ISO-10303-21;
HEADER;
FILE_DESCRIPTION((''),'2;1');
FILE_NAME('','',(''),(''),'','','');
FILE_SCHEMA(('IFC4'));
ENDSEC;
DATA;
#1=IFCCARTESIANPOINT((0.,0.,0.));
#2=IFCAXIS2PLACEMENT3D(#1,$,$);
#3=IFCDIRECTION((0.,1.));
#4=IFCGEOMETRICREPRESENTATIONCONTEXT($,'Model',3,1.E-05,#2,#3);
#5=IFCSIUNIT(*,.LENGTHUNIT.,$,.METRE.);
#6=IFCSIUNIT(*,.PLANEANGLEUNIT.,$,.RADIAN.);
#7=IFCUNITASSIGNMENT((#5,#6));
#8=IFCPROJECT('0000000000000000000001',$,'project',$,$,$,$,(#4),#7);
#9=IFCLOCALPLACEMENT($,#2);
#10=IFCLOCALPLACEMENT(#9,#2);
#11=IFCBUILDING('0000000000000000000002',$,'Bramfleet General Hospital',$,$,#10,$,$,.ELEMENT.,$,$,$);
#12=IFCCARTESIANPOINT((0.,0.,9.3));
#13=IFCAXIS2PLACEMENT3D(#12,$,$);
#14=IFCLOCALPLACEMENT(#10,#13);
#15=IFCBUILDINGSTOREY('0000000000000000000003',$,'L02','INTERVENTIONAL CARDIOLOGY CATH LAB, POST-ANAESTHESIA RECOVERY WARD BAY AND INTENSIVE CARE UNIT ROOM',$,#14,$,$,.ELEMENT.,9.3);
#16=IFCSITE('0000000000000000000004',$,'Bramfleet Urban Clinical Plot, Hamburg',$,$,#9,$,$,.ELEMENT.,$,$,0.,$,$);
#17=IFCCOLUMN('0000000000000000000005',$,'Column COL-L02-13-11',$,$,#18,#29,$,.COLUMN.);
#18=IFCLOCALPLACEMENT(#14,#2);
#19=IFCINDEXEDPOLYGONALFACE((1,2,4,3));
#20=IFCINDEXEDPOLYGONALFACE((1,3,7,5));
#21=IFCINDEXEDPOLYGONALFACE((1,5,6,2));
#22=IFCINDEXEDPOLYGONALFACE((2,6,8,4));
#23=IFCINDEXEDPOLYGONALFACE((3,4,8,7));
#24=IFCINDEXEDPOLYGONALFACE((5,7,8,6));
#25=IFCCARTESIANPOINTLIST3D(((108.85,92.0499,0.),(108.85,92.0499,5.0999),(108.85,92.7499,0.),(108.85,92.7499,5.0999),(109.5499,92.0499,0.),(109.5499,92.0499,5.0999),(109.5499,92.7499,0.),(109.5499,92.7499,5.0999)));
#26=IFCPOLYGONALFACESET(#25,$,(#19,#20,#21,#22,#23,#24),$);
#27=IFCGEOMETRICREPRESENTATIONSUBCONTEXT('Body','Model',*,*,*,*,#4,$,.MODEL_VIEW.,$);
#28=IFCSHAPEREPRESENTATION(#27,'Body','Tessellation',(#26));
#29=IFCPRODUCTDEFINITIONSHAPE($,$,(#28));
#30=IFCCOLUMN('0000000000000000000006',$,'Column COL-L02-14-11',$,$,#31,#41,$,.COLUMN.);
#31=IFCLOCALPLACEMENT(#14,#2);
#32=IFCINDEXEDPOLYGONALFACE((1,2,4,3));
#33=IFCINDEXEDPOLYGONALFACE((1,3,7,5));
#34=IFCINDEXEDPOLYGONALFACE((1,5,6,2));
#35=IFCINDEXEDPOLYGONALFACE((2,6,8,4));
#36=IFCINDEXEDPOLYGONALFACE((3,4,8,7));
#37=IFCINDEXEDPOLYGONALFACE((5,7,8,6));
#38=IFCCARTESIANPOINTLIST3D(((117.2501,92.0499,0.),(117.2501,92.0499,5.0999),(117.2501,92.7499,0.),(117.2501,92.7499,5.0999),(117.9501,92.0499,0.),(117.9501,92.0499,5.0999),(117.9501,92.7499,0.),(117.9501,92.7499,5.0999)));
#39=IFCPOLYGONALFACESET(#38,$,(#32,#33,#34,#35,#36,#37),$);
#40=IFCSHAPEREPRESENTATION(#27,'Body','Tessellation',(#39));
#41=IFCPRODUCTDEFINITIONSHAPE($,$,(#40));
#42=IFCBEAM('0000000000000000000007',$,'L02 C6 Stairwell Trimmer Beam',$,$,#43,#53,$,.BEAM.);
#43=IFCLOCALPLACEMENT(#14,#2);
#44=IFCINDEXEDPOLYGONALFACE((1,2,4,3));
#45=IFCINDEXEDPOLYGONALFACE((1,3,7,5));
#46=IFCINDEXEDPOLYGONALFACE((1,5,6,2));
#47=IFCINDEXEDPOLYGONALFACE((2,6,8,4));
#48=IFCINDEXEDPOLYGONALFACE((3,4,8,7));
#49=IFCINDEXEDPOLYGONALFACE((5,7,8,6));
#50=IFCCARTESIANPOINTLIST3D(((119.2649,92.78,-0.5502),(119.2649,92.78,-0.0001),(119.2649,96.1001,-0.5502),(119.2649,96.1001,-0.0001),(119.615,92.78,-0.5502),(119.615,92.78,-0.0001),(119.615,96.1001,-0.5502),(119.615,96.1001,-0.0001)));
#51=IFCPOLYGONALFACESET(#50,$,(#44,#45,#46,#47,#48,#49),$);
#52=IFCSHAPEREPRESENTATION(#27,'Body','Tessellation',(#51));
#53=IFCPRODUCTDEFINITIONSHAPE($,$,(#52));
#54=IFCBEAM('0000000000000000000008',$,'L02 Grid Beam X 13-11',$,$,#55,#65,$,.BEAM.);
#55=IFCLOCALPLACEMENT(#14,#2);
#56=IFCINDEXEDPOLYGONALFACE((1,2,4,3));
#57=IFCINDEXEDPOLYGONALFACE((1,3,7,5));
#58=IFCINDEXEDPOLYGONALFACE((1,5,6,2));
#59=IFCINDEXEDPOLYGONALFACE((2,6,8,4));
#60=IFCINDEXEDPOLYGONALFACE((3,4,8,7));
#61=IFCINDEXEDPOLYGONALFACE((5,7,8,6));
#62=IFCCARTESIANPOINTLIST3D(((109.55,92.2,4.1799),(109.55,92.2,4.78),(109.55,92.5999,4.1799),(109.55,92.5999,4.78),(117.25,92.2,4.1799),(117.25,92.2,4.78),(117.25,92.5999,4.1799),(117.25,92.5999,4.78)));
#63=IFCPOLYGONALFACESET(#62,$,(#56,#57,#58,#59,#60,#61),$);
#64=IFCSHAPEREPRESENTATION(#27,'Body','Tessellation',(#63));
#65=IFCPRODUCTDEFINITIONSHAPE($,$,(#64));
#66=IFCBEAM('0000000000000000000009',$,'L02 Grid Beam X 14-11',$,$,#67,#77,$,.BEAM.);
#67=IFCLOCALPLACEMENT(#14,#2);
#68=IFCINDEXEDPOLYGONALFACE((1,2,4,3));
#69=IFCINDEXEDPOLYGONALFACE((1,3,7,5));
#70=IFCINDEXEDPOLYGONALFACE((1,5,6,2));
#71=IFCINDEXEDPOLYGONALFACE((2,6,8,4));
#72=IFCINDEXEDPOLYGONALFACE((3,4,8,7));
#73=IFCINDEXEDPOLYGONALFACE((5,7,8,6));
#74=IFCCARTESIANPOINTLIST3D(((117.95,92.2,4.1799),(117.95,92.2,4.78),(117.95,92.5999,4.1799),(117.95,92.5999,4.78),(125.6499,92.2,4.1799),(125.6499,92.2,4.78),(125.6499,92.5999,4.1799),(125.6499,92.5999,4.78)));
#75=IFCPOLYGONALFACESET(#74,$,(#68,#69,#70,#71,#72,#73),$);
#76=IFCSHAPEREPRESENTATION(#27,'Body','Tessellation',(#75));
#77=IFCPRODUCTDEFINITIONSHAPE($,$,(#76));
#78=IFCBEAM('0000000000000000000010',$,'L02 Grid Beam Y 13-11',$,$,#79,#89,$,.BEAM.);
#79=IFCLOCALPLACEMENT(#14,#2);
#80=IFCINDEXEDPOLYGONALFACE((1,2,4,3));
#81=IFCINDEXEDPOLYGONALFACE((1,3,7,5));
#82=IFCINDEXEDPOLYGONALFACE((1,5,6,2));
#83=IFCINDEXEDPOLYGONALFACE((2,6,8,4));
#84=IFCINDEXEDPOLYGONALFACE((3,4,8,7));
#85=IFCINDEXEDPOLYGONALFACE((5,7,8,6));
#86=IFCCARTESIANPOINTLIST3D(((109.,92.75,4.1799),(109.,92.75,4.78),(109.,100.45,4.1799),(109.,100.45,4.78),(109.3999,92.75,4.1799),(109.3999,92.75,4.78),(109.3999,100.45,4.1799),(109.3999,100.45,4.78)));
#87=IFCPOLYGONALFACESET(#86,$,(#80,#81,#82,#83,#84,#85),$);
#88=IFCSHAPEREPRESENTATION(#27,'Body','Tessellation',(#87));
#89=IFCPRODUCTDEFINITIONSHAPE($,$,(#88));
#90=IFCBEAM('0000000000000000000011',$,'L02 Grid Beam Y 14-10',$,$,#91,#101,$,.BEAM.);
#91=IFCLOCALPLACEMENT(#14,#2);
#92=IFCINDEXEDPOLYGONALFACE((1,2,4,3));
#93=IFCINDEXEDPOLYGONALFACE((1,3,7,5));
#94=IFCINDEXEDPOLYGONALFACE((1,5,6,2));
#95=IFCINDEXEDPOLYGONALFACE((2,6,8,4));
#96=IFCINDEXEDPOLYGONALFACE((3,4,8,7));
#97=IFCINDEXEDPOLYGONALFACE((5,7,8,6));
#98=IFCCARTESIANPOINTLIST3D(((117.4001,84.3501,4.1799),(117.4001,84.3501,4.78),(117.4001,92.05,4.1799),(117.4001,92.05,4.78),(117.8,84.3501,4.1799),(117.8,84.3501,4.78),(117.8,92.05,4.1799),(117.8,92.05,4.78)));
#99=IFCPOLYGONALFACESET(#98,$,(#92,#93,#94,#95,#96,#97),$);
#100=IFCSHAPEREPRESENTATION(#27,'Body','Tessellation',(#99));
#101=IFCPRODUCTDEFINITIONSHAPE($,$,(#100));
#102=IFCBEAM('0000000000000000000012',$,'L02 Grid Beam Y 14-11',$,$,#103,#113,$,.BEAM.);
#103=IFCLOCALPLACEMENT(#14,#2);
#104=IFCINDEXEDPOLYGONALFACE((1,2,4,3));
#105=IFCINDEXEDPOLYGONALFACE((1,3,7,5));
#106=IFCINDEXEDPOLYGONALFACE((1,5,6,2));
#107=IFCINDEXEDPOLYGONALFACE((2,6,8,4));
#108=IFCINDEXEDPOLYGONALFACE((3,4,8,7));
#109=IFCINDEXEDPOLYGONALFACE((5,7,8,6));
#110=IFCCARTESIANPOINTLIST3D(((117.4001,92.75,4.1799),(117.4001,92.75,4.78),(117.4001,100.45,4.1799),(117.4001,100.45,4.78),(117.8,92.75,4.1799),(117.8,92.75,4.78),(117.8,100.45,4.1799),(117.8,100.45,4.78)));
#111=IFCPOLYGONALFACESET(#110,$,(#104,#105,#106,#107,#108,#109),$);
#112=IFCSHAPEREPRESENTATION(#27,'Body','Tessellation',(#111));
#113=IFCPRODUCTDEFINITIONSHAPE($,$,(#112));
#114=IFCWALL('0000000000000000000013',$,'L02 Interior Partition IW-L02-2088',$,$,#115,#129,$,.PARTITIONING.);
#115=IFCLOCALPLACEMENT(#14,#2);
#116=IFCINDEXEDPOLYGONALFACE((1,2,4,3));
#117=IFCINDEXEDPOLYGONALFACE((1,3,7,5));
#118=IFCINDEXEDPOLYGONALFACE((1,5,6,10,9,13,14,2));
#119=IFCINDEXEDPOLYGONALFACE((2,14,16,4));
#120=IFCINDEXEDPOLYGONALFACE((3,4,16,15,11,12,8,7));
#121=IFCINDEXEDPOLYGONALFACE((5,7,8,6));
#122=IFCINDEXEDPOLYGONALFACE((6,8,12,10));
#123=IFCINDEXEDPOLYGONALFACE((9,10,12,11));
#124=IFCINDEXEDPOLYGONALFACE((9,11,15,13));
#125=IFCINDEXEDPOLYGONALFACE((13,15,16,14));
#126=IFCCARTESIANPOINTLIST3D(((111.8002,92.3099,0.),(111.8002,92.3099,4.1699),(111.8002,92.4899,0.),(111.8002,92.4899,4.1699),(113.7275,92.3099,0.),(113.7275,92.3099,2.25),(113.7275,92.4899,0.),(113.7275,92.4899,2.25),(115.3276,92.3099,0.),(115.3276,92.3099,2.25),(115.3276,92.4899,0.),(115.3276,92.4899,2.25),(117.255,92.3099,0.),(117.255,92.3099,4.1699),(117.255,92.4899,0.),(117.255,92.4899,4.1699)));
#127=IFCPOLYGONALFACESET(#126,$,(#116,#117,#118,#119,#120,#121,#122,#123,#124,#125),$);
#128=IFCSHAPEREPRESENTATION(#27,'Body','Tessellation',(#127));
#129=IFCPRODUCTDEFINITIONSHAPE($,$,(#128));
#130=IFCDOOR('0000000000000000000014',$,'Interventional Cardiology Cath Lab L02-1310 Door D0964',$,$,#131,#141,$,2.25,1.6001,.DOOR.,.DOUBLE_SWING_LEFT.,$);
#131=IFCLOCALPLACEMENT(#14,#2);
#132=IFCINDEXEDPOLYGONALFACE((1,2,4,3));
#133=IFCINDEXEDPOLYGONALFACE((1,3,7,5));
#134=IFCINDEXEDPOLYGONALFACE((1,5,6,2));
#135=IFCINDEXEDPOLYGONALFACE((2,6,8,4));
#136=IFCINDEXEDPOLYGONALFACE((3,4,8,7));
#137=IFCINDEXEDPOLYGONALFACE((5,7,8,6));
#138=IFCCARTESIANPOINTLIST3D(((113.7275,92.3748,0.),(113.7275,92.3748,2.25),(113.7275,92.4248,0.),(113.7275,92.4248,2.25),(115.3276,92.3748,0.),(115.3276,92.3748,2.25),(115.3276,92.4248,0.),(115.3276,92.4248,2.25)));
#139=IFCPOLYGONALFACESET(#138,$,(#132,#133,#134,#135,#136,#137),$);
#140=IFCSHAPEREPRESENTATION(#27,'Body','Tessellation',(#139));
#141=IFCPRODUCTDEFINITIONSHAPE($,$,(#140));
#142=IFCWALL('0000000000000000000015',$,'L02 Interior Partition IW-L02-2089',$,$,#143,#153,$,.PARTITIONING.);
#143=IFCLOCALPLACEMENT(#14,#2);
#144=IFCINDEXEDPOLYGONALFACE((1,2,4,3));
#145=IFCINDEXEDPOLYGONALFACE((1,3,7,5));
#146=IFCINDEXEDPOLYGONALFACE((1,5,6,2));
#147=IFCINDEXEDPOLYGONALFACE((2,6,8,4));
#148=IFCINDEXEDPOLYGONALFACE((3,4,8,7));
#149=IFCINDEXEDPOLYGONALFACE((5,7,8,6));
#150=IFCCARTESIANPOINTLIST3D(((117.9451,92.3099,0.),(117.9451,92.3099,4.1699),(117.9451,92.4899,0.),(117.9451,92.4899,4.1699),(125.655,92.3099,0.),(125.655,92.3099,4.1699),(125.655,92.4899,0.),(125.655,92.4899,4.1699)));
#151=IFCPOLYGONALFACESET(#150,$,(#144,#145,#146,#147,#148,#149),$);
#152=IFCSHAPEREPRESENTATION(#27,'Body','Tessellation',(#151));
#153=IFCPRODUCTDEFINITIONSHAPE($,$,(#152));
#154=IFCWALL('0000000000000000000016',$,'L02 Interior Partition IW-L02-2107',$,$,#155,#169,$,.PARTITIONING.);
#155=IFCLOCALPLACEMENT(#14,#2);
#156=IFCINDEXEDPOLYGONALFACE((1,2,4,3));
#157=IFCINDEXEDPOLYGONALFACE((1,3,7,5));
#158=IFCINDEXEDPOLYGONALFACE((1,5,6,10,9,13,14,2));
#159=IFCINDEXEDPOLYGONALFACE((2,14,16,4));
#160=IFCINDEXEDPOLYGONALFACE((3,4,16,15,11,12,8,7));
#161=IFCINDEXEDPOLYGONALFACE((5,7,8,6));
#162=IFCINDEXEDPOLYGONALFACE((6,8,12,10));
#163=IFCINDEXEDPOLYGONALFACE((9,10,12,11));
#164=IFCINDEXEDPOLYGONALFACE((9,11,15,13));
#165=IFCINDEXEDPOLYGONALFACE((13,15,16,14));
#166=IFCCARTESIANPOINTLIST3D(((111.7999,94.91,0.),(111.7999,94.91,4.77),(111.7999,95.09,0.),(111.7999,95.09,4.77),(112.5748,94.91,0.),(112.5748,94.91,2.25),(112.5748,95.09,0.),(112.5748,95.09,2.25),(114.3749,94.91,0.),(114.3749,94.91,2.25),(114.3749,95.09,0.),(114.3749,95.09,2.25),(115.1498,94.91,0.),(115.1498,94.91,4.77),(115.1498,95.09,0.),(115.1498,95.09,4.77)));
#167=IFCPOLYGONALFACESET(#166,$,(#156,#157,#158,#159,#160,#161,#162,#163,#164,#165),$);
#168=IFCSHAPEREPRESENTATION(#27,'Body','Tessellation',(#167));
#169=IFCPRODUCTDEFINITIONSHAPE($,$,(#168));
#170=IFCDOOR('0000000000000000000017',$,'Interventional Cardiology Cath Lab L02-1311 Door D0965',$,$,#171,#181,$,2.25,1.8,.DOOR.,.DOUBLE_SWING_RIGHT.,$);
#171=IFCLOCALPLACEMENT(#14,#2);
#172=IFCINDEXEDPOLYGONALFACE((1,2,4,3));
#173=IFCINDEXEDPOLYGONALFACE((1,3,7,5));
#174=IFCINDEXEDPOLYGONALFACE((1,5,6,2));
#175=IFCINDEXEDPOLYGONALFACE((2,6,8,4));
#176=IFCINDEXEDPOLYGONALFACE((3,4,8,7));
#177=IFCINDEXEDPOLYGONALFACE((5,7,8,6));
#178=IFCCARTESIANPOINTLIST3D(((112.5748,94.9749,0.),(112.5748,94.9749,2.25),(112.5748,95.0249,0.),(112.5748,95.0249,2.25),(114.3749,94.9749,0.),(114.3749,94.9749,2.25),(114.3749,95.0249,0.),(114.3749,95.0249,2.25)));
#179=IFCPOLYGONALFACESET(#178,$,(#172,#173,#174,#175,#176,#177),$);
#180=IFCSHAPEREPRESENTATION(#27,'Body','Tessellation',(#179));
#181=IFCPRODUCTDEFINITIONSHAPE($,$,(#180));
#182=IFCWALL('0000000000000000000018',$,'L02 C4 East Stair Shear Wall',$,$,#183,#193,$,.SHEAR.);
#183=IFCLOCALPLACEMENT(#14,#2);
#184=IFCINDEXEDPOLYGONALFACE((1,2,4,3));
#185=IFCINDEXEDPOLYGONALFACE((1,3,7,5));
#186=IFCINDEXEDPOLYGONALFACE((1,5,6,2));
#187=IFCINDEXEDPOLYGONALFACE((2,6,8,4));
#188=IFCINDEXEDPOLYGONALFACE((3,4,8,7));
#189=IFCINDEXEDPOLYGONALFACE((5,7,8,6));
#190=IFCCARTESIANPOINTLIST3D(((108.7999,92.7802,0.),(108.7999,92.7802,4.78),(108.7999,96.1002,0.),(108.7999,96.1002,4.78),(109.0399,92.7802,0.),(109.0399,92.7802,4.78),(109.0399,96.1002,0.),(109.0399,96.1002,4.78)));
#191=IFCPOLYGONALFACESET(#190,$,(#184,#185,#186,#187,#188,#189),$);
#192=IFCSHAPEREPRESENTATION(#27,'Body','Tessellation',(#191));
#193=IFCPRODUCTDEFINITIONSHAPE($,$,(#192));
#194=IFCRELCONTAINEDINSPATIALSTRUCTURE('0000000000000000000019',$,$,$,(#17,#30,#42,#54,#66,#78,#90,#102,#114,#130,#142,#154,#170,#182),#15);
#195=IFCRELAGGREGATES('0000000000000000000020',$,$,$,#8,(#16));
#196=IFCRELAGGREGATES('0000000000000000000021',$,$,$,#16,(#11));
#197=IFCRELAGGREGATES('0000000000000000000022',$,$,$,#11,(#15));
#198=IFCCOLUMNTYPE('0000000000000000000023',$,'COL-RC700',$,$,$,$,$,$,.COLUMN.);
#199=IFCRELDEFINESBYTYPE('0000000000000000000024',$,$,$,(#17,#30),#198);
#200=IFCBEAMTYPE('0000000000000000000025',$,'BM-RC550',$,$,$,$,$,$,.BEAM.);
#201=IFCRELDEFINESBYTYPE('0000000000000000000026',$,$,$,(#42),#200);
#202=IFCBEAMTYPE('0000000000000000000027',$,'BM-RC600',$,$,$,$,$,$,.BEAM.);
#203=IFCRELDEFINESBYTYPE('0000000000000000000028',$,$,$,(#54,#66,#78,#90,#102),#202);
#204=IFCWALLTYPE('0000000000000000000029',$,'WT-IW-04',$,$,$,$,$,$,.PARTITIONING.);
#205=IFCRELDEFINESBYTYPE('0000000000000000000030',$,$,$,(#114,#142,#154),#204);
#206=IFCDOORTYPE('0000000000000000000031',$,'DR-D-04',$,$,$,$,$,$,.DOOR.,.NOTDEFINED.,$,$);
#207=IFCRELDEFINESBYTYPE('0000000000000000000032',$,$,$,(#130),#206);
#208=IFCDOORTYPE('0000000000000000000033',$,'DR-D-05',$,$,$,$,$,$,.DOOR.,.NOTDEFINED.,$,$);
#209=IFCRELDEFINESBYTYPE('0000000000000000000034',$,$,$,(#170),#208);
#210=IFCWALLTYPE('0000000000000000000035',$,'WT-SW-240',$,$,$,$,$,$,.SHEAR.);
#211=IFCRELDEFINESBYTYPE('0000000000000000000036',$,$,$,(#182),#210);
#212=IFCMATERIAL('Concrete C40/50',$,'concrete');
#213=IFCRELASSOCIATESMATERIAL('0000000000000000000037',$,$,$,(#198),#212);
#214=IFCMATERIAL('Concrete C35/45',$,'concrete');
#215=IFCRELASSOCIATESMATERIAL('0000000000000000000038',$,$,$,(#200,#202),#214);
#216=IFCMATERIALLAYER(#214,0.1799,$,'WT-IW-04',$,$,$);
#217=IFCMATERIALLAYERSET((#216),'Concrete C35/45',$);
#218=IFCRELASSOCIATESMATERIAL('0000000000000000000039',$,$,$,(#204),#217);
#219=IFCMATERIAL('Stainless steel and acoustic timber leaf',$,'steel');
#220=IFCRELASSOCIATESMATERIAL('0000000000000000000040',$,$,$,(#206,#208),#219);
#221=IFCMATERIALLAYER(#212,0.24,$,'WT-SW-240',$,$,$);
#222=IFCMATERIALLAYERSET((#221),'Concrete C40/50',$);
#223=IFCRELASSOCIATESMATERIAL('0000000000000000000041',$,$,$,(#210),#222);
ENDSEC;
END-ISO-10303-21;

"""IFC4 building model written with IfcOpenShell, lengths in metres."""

from ifc_helpers import new_model, si_unit, direction, frame, frame_2d, origin, origin_2d, place, context, subcontext, project, spatial, rectangle, extrude, material, layer, layer_set, material_profile, profile_set, type_object, element, fill, save


model = new_model("IFC4")

# Units and contexts
model_context = context("Model", 3, precision=1e-05, world=origin(), true_north=direction((0.0, 1.0)))
body_context = subcontext(model_context, "Body", "Model", "MODEL_VIEW")
ifc_project = project(units=[si_unit("LENGTHUNIT", "METRE"), si_unit("PLANEANGLEUNIT", "RADIAN")], contexts=[model_context])

# Site, building, storey
site_placement = place(None, origin())
site = spatial("IfcSite", under=ifc_project, at=site_placement, Name="Bramfleet Urban Clinical Plot, Hamburg", CompositionType="ELEMENT", RefElevation=0.0)
building_placement = place(site_placement, origin())
building = spatial("IfcBuilding", under=site, at=building_placement, Name="Bramfleet General Hospital", CompositionType="ELEMENT")
storey_placement = place(building_placement, frame((0.0, 0.0, 9.3)))
storey = spatial("IfcBuildingStorey", under=building, at=storey_placement, Name="L02", Description="INTERVENTIONAL CARDIOLOGY CATH LAB, POST-ANAESTHESIA RECOVERY WARD BAY AND INTENSIVE CARE UNIT ROOM", CompositionType="ELEMENT", Elevation=9.3)

# Columns
ifc_material_1 = material(Name="Concrete C40/50", Category="concrete")
ifc_material_profile_1 = material_profile(ifc_material_1, rectangle(XDim=0.7, YDim=0.7, at=origin_2d()), Name="RC COL 700x700")
ifc_profile_set_1 = profile_set([ifc_material_profile_1], Name="Concrete C40/50")
column_type = type_object("IfcColumnType", Name="COL-RC700", PredefinedType="COLUMN", material=ifc_profile_set_1)
for number, where, z_axis, x_axis, name in (
    (1, (109.2, 92.3999, 0.0), (0.0, 0.0, 1.0), (1.0, 0.0, 0.0), "Column COL-L02-13-11"),
    (2, (117.6001, 92.3999, 0.0), (0.0, 0.0, 1.0), (1.0, 0.0, 0.0), "Column COL-L02-14-11"),
):
    element("IfcColumn", number, at=place(storey_placement, frame(where, z_axis=z_axis, x_axis=x_axis)), inside=storey, type_object=column_type, Name=name, PredefinedType="COLUMN", context=body_context, shape_type="SweptSolid", body=[
        extrude(rectangle(XDim=0.7, YDim=0.7, at=origin_2d()), origin(), (0.0, 0.0, 1.0), 5.0999),
    ])

# Beams
ifc_material_2 = material(Name="Concrete C35/45", Category="concrete")
ifc_material_profile_2 = material_profile(ifc_material_2, rectangle(XDim=0.3501, YDim=0.55, at=origin_2d()), Name="RC BM 550x350")
ifc_profile_set_2 = profile_set([ifc_material_profile_2], Name="Concrete C35/45")
beam_type_1 = type_object("IfcBeamType", Name="BM-RC550", PredefinedType="BEAM", material=ifc_profile_set_2)
beam_placement = place(storey_placement, frame((119.4399, 92.78, -0.2751), z_axis=(0.0, 1.0, 0.0), x_axis=(-1.0, 0.0, 0.0)))
element("IfcBeam", 3, at=beam_placement, inside=storey, type_object=beam_type_1, Name="L02 C6 Stairwell Trimmer Beam", PredefinedType="BEAM", context=body_context, shape_type="SweptSolid", body=[
    extrude(rectangle(XDim=0.3501, YDim=0.55, at=origin_2d()), origin(), (0.0, 0.0, 1.0), 3.3201),
])
ifc_material_profile_3 = material_profile(ifc_material_2, rectangle(XDim=0.3999, YDim=0.6001, at=origin_2d()), Name="RC BM 600x400")
ifc_profile_set_3 = profile_set([ifc_material_profile_3], Name="Concrete C35/45")
beam_type_2 = type_object("IfcBeamType", Name="BM-RC600", PredefinedType="BEAM", material=ifc_profile_set_3)
for number, where, z_axis, x_axis, name in (
    (4, (109.55, 92.3999, 4.48), (1.0, 0.0, 0.0), (0.0, 1.0, 0.0), "L02 Grid Beam X 13-11"),
    (5, (117.95, 92.3999, 4.48), (1.0, 0.0, 0.0), (0.0, 1.0, 0.0), "L02 Grid Beam X 14-11"),
    (6, (109.2, 92.75, 4.48), (0.0, 1.0, 0.0), (-1.0, 0.0, 0.0), "L02 Grid Beam Y 13-11"),
    (7, (117.6001, 84.3501, 4.48), (0.0, 1.0, 0.0), (-1.0, 0.0, 0.0), "L02 Grid Beam Y 14-10"),
    (8, (117.6001, 92.75, 4.48), (0.0, 1.0, 0.0), (-1.0, 0.0, 0.0), "L02 Grid Beam Y 14-11"),
):
    element("IfcBeam", number, at=place(storey_placement, frame(where, z_axis=z_axis, x_axis=x_axis)), inside=storey, type_object=beam_type_2, Name=name, PredefinedType="BEAM", context=body_context, shape_type="SweptSolid", body=[
        extrude(rectangle(XDim=0.3999, YDim=0.6001, at=origin_2d()), origin(), (0.0, 0.0, 1.0), 7.7),
    ])

# Wall, opening, door
ifc_layer_1 = layer(ifc_material_2, 0.1799, Name="WT-IW-04")
ifc_layer_set_1 = layer_set([ifc_layer_1], Name="Concrete C35/45")
wall_type_1 = type_object("IfcWallType", Name="WT-IW-04", PredefinedType="PARTITIONING", material=ifc_layer_set_1)
wall_1_placement = place(storey_placement, frame((111.8, 92.3999, 0.0), z_axis=(0.0, 0.0, 1.0), x_axis=(1.0, 0.0, 0.0)))
wall_1 = element("IfcWall", 9, at=wall_1_placement, inside=storey, type_object=wall_type_1, Name="L02 Interior Partition IW-L02-2088", PredefinedType="PARTITIONING", context=body_context, shape_type="SweptSolid", body=[
    extrude(rectangle(XDim=5.4548, YDim=0.1799, at=frame_2d((2.7275, 0.0))), origin(), (0.0, 0.0, 1.0), 4.1699),
])
opening_1_placement = place(wall_1_placement, frame((1.9275, 0.0, 0.0)))
opening_1 = element("IfcOpeningElement", 10, at=opening_1_placement, cuts=wall_1, PredefinedType="OPENING", context=body_context, shape_type="SweptSolid", body=[
    extrude(rectangle(XDim=1.6001, YDim=2.25, at=frame_2d((0.8, 1.125))), frame((0.0, 0.0999, 0.0), z_axis=(0.0, -1.0, 0.0), x_axis=(1.0, 0.0, 0.0)), (0.0, 0.0, 1.0), 0.2),
])
ifc_material_3 = material(Name="Stainless steel and acoustic timber leaf", Category="steel")
door_type_1 = type_object("IfcDoorType", Name="DR-D-04", OperationType="NOTDEFINED", PredefinedType="DOOR", material=ifc_material_3)
door_1_placement = place(opening_1_placement, origin())
door_1 = element("IfcDoor", 11, at=door_1_placement, inside=storey, type_object=door_type_1, Name="Interventional Cardiology Cath Lab L02-1310 Door D0964", OperationType="DOUBLE_SWING_LEFT", OverallHeight=2.25, OverallWidth=1.6001, PredefinedType="DOOR", context=body_context, shape_type="SweptSolid", body=[
    extrude(rectangle(XDim=1.6001, YDim=2.25, at=frame_2d((0.8, 1.125))), frame((0.0, 0.0249, 0.0), z_axis=(0.0, -1.0, 0.0), x_axis=(1.0, 0.0, 0.0)), (0.0, 0.0, 1.0), 0.05),
])
fill(opening_1, door_1)

# Wall
wall_2_placement = place(storey_placement, frame((117.9451, 92.3999, 0.0), z_axis=(0.0, 0.0, 1.0), x_axis=(1.0, 0.0, 0.0)))
element("IfcWall", 12, at=wall_2_placement, inside=storey, type_object=wall_type_1, Name="L02 Interior Partition IW-L02-2089", PredefinedType="PARTITIONING", context=body_context, shape_type="SweptSolid", body=[
    extrude(rectangle(XDim=7.71, YDim=0.1799, at=frame_2d((3.855, 0.0))), origin(), (0.0, 0.0, 1.0), 4.1699),
])

# Wall, opening, door
wall_3_placement = place(storey_placement, frame((111.8, 95.0, 0.0), z_axis=(0.0, 0.0, 1.0), x_axis=(1.0, 0.0, 0.0)))
wall_3 = element("IfcWall", 13, at=wall_3_placement, inside=storey, type_object=wall_type_1, Name="L02 Interior Partition IW-L02-2107", PredefinedType="PARTITIONING", context=body_context, shape_type="SweptSolid", body=[
    extrude(rectangle(XDim=3.3499, YDim=0.1799, at=frame_2d((1.6748, 0.0))), origin(), (0.0, 0.0, 1.0), 4.77),
])
opening_2_placement = place(wall_3_placement, frame((0.7749, 0.0, 0.0)))
opening_2 = element("IfcOpeningElement", 14, at=opening_2_placement, cuts=wall_3, PredefinedType="OPENING", context=body_context, shape_type="SweptSolid", body=[
    extrude(rectangle(XDim=1.8, YDim=2.25, at=frame_2d((0.8999, 1.125))), frame((0.0, 0.0999, 0.0), z_axis=(0.0, -1.0, 0.0), x_axis=(1.0, 0.0, 0.0)), (0.0, 0.0, 1.0), 0.2),
])
door_type_2 = type_object("IfcDoorType", Name="DR-D-05", OperationType="NOTDEFINED", PredefinedType="DOOR", material=ifc_material_3)
door_2_placement = place(opening_2_placement, origin())
door_2 = element("IfcDoor", 15, at=door_2_placement, inside=storey, type_object=door_type_2, Name="Interventional Cardiology Cath Lab L02-1311 Door D0965", OperationType="DOUBLE_SWING_RIGHT", OverallHeight=2.25, OverallWidth=1.8, PredefinedType="DOOR", context=body_context, shape_type="SweptSolid", body=[
    extrude(rectangle(XDim=1.8, YDim=2.25, at=frame_2d((0.8999, 1.125))), frame((0.0, 0.0249, 0.0), z_axis=(0.0, -1.0, 0.0), x_axis=(1.0, 0.0, 0.0)), (0.0, 0.0, 1.0), 0.05),
])
fill(opening_2, door_2)

# Wall
ifc_layer_2 = layer(ifc_material_1, 0.24, Name="WT-SW-240")
ifc_layer_set_2 = layer_set([ifc_layer_2], Name="Concrete C40/50")
wall_type_2 = type_object("IfcWallType", Name="WT-SW-240", PredefinedType="SHEAR", material=ifc_layer_set_2)
wall_4_placement = place(storey_placement, frame((108.9199, 92.78, 0.0), z_axis=(0.0, 0.0, 1.0), x_axis=(0.0, 1.0, 0.0)))
element("IfcWall", 16, at=wall_4_placement, inside=storey, type_object=wall_type_2, Name="L02 C4 East Stair Shear Wall", PredefinedType="SHEAR", context=body_context, shape_type="SweptSolid", body=[
    extrude(rectangle(XDim=3.3201, YDim=0.24, at=frame_2d((1.6602, 0.0))), origin(), (0.0, 0.0, 1.0), 4.78),
])

save(model, "model.ifc")
